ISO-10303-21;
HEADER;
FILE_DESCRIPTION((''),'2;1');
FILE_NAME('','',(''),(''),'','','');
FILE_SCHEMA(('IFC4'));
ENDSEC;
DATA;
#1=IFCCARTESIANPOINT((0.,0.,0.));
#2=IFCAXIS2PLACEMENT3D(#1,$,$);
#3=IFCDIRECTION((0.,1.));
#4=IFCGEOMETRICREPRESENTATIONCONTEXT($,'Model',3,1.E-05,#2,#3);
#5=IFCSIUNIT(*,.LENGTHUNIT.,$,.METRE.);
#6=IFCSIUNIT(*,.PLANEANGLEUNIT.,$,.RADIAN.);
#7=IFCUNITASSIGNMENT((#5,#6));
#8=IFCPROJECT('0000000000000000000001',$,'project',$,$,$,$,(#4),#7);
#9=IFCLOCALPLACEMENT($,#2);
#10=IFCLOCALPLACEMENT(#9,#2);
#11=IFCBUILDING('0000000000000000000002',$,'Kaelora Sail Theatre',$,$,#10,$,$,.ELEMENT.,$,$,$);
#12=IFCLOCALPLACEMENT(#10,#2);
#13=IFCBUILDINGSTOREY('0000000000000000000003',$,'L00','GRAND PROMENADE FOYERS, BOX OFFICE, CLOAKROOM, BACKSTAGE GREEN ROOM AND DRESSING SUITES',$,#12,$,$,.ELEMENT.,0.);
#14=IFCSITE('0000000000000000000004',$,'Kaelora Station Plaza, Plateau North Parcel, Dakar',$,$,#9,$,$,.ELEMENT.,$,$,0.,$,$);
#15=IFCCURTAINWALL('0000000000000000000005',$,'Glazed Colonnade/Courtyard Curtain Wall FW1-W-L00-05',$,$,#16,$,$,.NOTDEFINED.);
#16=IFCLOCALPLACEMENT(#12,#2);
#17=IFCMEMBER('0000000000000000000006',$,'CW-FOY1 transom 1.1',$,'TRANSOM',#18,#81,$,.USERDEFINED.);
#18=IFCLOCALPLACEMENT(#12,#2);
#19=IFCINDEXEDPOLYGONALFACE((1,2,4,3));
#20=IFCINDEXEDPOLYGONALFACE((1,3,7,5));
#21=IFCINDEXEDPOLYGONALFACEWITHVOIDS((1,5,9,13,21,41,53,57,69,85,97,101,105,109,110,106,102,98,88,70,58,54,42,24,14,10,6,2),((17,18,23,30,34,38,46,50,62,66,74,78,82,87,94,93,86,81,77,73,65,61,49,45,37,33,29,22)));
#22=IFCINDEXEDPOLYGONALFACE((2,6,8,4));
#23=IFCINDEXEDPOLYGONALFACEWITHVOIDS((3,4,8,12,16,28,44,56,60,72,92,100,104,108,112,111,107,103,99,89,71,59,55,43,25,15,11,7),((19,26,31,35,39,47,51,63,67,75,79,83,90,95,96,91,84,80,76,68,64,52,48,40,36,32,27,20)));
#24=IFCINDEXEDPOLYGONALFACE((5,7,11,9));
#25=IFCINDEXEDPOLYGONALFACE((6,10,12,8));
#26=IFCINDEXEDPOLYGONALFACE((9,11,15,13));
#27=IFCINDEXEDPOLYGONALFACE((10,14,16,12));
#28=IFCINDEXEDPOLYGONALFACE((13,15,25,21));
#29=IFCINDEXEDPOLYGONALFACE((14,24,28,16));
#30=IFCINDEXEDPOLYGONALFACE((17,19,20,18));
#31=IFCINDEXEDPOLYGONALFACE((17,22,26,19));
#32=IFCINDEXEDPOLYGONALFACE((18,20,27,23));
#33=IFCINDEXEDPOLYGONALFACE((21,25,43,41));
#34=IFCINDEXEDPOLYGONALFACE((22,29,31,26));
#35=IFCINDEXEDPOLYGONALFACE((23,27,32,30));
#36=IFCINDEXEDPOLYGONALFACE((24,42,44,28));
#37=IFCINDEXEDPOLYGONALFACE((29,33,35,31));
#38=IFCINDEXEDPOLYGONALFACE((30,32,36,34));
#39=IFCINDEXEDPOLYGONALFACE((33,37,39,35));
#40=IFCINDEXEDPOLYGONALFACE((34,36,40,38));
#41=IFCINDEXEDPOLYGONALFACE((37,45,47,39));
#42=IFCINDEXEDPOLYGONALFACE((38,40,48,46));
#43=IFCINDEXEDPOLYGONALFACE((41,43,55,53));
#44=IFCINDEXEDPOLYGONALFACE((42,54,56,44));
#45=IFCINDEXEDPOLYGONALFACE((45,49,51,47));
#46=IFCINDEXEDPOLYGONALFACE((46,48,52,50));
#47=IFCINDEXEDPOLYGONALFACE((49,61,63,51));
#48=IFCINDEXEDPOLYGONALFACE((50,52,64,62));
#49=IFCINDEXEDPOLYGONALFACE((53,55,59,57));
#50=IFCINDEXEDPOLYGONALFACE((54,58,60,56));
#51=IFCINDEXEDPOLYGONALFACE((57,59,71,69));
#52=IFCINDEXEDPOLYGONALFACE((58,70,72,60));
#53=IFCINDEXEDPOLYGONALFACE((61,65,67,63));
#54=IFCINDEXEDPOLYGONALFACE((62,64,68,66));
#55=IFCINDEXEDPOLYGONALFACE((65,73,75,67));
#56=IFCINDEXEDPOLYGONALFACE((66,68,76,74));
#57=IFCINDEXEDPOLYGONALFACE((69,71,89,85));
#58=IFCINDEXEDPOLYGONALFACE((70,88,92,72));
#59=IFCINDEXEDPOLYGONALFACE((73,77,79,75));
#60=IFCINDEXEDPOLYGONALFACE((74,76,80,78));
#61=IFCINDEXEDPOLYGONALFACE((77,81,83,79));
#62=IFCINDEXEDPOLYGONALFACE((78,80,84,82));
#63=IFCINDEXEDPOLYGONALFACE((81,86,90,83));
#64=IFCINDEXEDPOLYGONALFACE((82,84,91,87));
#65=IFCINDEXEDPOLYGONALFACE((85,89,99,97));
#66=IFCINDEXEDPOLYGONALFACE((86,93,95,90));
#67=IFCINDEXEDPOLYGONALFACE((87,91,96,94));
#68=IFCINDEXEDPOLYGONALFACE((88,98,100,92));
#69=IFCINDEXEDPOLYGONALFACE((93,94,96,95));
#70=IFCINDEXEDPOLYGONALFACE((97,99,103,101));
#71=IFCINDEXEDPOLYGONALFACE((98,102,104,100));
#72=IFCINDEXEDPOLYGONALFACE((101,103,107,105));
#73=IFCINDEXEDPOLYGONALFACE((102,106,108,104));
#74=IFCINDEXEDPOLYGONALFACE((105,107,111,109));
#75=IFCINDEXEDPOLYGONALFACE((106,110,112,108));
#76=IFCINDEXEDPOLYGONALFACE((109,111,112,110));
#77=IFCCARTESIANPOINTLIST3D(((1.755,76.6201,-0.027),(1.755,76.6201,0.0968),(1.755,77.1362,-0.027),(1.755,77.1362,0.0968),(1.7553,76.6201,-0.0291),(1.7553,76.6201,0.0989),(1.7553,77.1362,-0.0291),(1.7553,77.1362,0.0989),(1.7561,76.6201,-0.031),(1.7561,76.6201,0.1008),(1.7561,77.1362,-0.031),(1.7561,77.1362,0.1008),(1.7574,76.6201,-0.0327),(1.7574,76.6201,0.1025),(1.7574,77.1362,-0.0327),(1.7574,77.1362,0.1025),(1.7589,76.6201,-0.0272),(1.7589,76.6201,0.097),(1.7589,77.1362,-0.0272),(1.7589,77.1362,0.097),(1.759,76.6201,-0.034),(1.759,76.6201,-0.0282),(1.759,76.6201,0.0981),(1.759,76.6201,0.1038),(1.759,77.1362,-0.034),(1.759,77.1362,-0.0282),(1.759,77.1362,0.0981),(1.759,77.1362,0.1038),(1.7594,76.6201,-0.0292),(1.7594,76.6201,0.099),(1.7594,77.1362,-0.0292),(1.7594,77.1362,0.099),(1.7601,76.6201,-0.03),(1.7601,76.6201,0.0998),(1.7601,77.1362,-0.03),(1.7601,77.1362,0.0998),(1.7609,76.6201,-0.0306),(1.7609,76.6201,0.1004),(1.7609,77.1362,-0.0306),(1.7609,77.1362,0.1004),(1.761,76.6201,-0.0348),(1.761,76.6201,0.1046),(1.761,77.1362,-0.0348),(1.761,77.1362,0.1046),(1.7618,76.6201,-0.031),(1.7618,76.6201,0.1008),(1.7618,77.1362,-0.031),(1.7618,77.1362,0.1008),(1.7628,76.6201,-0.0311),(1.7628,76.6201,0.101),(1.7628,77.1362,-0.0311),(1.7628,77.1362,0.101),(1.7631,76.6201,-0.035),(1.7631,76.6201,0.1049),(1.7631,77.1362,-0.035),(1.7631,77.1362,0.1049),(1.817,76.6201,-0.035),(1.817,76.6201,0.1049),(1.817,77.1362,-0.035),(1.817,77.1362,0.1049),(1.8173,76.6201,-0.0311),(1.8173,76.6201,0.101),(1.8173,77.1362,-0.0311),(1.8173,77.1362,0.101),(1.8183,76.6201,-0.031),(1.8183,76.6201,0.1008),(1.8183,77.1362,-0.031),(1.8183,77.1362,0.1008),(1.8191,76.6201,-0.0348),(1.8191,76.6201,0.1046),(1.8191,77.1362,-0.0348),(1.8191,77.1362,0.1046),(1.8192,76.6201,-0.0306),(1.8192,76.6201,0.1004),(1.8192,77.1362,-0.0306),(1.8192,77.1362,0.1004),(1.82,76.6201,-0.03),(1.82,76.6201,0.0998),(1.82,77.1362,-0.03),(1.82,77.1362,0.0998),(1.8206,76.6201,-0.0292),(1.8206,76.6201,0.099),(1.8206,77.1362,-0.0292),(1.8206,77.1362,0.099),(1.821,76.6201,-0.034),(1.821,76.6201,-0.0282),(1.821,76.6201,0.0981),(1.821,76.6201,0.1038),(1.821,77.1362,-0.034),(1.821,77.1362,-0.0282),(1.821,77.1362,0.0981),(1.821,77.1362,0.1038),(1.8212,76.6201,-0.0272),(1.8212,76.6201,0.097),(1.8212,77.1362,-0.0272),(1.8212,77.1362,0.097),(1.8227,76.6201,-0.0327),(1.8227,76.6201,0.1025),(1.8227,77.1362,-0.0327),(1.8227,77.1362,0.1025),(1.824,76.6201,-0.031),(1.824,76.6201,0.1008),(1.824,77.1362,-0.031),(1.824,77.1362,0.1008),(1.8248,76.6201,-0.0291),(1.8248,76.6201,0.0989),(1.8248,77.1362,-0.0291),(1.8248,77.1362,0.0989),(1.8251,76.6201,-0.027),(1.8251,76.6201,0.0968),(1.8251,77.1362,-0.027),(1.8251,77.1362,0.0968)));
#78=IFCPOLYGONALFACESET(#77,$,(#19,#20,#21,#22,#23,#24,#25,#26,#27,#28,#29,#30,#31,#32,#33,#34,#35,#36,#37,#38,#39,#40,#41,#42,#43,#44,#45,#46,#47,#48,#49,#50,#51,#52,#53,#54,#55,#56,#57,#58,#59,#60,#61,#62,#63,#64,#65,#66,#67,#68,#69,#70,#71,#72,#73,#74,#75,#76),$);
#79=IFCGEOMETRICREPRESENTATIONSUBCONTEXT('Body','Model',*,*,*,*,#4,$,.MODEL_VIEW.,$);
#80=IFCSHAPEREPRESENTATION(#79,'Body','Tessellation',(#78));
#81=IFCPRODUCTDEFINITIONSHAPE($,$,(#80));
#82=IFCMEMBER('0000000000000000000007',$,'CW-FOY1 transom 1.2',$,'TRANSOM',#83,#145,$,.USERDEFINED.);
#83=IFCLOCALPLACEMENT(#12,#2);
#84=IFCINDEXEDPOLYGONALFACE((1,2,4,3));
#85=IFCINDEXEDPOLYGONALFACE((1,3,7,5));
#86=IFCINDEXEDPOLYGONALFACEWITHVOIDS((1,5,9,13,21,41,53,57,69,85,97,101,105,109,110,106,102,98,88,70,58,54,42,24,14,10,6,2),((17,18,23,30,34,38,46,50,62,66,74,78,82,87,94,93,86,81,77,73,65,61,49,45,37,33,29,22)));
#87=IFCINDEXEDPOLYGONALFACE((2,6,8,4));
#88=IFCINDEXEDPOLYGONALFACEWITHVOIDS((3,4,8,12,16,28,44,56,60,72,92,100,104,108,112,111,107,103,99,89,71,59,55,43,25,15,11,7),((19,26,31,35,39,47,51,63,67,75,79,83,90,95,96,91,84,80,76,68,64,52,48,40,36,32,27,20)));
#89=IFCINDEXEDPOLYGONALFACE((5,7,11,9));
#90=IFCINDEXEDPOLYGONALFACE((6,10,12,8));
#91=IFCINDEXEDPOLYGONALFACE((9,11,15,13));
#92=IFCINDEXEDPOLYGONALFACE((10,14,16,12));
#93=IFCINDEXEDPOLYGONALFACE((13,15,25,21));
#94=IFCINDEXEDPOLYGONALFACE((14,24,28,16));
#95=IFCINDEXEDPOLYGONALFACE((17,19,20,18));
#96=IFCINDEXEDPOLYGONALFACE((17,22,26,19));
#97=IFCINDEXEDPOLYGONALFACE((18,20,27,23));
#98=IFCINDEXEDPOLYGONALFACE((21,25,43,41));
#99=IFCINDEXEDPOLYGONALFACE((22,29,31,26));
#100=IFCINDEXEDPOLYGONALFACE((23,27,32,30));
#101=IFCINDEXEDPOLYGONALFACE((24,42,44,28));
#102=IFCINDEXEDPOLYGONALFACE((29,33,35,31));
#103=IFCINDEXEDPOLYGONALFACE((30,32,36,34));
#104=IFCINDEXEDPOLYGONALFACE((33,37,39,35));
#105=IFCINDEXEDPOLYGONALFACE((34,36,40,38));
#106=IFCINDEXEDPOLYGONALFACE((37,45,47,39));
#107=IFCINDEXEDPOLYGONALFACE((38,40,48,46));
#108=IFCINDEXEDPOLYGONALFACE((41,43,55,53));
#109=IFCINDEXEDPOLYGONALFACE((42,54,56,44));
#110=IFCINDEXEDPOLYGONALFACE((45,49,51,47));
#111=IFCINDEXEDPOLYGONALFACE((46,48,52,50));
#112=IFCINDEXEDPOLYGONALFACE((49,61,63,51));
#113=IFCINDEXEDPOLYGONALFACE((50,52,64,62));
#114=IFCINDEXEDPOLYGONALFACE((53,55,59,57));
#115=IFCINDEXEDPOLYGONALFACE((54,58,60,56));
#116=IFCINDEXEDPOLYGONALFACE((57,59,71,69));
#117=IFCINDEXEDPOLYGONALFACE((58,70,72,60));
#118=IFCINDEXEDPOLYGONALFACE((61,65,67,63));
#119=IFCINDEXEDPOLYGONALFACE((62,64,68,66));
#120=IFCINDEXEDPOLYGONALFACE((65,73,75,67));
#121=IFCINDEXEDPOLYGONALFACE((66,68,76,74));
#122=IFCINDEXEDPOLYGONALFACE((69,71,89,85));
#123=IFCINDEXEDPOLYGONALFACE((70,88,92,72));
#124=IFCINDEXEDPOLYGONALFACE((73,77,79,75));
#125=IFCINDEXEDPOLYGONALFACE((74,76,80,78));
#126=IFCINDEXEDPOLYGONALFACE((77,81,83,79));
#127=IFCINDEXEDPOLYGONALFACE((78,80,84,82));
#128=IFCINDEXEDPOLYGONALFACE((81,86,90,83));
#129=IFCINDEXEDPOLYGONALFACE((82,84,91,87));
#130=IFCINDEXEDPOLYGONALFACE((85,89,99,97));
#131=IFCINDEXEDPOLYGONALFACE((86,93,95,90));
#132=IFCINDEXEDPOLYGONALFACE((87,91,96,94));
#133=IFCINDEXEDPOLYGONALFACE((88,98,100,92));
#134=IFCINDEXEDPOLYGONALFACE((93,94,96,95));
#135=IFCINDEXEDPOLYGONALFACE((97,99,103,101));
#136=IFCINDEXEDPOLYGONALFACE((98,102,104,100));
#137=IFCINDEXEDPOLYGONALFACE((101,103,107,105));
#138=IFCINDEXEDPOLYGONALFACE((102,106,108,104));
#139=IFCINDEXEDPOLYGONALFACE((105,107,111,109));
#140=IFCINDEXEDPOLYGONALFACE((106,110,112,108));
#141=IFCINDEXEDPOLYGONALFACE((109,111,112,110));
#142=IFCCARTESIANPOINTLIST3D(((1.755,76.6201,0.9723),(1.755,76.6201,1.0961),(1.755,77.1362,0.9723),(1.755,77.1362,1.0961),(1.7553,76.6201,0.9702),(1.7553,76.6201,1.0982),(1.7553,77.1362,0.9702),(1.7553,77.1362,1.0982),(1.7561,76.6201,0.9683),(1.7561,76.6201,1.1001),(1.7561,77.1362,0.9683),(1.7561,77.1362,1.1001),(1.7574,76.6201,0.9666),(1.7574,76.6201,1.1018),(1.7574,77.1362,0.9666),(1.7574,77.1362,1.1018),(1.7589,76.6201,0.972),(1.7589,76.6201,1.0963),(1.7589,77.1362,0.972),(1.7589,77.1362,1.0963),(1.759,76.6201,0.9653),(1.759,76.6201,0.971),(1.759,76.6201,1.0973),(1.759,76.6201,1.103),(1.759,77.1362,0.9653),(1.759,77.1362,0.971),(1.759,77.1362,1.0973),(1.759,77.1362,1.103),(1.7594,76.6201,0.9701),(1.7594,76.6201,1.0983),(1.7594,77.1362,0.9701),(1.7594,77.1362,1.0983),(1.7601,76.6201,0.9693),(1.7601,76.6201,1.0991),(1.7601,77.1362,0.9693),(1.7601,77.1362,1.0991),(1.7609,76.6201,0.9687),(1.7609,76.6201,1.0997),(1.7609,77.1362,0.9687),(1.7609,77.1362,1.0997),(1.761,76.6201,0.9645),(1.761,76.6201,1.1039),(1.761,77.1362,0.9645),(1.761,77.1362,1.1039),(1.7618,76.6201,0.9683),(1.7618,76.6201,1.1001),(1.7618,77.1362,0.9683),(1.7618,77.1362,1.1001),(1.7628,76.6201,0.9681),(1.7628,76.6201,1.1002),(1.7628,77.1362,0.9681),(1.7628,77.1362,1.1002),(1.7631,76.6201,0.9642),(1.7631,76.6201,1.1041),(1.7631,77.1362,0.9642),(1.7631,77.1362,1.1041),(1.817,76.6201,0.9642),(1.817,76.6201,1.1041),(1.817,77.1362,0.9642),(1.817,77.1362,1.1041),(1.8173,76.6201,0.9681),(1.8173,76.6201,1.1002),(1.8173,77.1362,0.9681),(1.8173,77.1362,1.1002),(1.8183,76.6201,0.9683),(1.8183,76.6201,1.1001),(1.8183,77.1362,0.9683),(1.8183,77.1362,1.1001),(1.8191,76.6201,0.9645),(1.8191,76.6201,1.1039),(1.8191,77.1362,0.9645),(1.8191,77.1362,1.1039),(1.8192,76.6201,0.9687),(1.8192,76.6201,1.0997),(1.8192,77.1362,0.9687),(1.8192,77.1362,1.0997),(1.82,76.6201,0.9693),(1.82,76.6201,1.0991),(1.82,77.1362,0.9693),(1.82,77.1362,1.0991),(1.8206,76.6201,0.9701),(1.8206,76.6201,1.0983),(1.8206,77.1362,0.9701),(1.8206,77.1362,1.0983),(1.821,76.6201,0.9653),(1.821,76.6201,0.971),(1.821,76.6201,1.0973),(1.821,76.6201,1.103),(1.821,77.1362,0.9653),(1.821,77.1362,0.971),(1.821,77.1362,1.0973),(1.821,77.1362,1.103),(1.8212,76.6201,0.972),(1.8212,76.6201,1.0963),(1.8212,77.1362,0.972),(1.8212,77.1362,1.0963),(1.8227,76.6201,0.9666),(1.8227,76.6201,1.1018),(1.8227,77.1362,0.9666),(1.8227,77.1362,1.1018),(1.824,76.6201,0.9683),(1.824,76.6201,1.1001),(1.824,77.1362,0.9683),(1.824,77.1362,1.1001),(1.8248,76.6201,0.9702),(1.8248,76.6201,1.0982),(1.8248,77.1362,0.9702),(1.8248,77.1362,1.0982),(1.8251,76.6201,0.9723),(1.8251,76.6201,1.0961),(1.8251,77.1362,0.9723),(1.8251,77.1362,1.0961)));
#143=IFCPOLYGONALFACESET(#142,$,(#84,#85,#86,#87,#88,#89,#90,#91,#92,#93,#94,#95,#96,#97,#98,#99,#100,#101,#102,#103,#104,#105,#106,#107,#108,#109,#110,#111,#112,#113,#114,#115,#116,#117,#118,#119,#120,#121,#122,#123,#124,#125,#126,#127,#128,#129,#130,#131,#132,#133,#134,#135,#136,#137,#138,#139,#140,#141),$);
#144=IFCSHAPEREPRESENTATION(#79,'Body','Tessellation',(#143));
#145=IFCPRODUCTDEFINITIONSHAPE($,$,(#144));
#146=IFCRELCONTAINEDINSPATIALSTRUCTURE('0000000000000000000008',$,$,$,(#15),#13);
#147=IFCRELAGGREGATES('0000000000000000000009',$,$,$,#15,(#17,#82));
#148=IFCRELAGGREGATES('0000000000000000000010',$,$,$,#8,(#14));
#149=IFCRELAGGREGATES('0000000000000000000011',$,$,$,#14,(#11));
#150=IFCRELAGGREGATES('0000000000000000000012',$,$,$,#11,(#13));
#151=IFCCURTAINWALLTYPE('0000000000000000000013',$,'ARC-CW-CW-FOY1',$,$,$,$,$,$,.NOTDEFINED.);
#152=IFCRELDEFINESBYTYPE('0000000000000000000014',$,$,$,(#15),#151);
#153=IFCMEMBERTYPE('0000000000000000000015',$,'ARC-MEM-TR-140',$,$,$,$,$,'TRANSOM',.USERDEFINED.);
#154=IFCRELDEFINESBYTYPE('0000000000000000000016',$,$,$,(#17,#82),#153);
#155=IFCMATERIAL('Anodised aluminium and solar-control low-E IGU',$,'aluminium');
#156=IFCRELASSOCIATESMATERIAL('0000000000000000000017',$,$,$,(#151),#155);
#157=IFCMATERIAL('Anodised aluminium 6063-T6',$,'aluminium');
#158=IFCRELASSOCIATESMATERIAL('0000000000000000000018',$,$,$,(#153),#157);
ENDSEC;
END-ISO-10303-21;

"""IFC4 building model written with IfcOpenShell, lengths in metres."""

from ifc_helpers import new_model, si_unit, direction, frame, origin, origin_2d, place, context, subcontext, project, spatial, hollow_rectangle, extrude, material, material_profile, profile_set, type_object, element, aggregate, save


model = new_model("IFC4")

# Units and contexts
model_context = context("Model", 3, precision=1e-05, world=origin(), true_north=direction((0.0, 1.0)))
body_context = subcontext(model_context, "Body", "Model", "MODEL_VIEW")
ifc_project = project(units=[si_unit("LENGTHUNIT", "METRE"), si_unit("PLANEANGLEUNIT", "RADIAN")], contexts=[model_context])

# Site, building, storey
site_placement = place(None, origin())
site = spatial("IfcSite", under=ifc_project, at=site_placement, Name="Kaelora Station Plaza, Plateau North Parcel, Dakar", CompositionType="ELEMENT", RefElevation=0.0)
building_placement = place(site_placement, origin())
building = spatial("IfcBuilding", under=site, at=building_placement, Name="Kaelora Sail Theatre", CompositionType="ELEMENT")
storey_placement = place(building_placement, origin())
storey = spatial("IfcBuildingStorey", under=building, at=storey_placement, Name="L00", Description="GRAND PROMENADE FOYERS, BOX OFFICE, CLOAKROOM, BACKSTAGE GREEN ROOM AND DRESSING SUITES", CompositionType="ELEMENT", Elevation=0.0)

# Shared definitions
ifc_material_1 = material(Name="Anodised aluminium and solar-control low-E IGU", Category="aluminium")
curtain_wall_type = type_object("IfcCurtainWallType", Name="ARC-CW-CW-FOY1", PredefinedType="NOTDEFINED", material=ifc_material_1)

# Curtain wall
curtain_wall_1_placement = place(storey_placement, origin())
curtain_wall_1 = element("IfcCurtainWall", 1, at=curtain_wall_1_placement, inside=storey, type_object=curtain_wall_type, Name="Glazed Colonnade/Courtyard Curtain Wall FW1-W-L00-05", PredefinedType="NOTDEFINED")

# Members
ifc_material_2 = material(Name="Anodised aluminium 6063-T6", Category="aluminium")
ifc_material_profile_1 = material_profile(ifc_material_2, hollow_rectangle(XDim=0.0701, YDim=0.1399, WallThickness=0.0039, InnerFilletRadius=0.0039, OuterFilletRadius=0.0081, at=origin_2d()), Name="ALU-TRAN 70x140x4")
ifc_profile_set_1 = profile_set([ifc_material_profile_1], Name="Anodised aluminium 6063-T6")
member_type_1 = type_object("IfcMemberType", Name="ARC-MEM-TR-140", ElementType="TRANSOM", PredefinedType="USERDEFINED", material=ifc_profile_set_1)
member_1_placement = place(storey_placement, frame((1.79, 76.6201, 0.0349), z_axis=(0.0, 1.0, 0.0), x_axis=(-1.0, 0.0, 0.0)))
member_1 = element("IfcMember", 2, at=member_1_placement, type_object=member_type_1, Name="CW-FOY1 transom 1.1", ObjectType="TRANSOM", PredefinedType="USERDEFINED", context=body_context, shape_type="SweptSolid", body=[
    extrude(hollow_rectangle(XDim=0.0701, YDim=0.1399, WallThickness=0.0039, InnerFilletRadius=0.0039, OuterFilletRadius=0.0081, at=origin_2d()), origin(), (0.0, 0.0, 1.0), 0.5161),
])
member_2_placement = place(storey_placement, frame((1.79, 76.6201, 1.0342), z_axis=(0.0, 1.0, 0.0), x_axis=(-1.0, 0.0, 0.0)))
member_2 = element("IfcMember", 3, at=member_2_placement, type_object=member_type_1, Name="CW-FOY1 transom 1.2", ObjectType="TRANSOM", PredefinedType="USERDEFINED", context=body_context, shape_type="SweptSolid", body=[
    extrude(hollow_rectangle(XDim=0.0701, YDim=0.1399, WallThickness=0.0039, InnerFilletRadius=0.0039, OuterFilletRadius=0.0081, at=origin_2d()), origin(), (0.0, 0.0, 1.0), 0.5161),
])
aggregate(curtain_wall_1, [member_1, member_2])

save(model, "model.ifc")
